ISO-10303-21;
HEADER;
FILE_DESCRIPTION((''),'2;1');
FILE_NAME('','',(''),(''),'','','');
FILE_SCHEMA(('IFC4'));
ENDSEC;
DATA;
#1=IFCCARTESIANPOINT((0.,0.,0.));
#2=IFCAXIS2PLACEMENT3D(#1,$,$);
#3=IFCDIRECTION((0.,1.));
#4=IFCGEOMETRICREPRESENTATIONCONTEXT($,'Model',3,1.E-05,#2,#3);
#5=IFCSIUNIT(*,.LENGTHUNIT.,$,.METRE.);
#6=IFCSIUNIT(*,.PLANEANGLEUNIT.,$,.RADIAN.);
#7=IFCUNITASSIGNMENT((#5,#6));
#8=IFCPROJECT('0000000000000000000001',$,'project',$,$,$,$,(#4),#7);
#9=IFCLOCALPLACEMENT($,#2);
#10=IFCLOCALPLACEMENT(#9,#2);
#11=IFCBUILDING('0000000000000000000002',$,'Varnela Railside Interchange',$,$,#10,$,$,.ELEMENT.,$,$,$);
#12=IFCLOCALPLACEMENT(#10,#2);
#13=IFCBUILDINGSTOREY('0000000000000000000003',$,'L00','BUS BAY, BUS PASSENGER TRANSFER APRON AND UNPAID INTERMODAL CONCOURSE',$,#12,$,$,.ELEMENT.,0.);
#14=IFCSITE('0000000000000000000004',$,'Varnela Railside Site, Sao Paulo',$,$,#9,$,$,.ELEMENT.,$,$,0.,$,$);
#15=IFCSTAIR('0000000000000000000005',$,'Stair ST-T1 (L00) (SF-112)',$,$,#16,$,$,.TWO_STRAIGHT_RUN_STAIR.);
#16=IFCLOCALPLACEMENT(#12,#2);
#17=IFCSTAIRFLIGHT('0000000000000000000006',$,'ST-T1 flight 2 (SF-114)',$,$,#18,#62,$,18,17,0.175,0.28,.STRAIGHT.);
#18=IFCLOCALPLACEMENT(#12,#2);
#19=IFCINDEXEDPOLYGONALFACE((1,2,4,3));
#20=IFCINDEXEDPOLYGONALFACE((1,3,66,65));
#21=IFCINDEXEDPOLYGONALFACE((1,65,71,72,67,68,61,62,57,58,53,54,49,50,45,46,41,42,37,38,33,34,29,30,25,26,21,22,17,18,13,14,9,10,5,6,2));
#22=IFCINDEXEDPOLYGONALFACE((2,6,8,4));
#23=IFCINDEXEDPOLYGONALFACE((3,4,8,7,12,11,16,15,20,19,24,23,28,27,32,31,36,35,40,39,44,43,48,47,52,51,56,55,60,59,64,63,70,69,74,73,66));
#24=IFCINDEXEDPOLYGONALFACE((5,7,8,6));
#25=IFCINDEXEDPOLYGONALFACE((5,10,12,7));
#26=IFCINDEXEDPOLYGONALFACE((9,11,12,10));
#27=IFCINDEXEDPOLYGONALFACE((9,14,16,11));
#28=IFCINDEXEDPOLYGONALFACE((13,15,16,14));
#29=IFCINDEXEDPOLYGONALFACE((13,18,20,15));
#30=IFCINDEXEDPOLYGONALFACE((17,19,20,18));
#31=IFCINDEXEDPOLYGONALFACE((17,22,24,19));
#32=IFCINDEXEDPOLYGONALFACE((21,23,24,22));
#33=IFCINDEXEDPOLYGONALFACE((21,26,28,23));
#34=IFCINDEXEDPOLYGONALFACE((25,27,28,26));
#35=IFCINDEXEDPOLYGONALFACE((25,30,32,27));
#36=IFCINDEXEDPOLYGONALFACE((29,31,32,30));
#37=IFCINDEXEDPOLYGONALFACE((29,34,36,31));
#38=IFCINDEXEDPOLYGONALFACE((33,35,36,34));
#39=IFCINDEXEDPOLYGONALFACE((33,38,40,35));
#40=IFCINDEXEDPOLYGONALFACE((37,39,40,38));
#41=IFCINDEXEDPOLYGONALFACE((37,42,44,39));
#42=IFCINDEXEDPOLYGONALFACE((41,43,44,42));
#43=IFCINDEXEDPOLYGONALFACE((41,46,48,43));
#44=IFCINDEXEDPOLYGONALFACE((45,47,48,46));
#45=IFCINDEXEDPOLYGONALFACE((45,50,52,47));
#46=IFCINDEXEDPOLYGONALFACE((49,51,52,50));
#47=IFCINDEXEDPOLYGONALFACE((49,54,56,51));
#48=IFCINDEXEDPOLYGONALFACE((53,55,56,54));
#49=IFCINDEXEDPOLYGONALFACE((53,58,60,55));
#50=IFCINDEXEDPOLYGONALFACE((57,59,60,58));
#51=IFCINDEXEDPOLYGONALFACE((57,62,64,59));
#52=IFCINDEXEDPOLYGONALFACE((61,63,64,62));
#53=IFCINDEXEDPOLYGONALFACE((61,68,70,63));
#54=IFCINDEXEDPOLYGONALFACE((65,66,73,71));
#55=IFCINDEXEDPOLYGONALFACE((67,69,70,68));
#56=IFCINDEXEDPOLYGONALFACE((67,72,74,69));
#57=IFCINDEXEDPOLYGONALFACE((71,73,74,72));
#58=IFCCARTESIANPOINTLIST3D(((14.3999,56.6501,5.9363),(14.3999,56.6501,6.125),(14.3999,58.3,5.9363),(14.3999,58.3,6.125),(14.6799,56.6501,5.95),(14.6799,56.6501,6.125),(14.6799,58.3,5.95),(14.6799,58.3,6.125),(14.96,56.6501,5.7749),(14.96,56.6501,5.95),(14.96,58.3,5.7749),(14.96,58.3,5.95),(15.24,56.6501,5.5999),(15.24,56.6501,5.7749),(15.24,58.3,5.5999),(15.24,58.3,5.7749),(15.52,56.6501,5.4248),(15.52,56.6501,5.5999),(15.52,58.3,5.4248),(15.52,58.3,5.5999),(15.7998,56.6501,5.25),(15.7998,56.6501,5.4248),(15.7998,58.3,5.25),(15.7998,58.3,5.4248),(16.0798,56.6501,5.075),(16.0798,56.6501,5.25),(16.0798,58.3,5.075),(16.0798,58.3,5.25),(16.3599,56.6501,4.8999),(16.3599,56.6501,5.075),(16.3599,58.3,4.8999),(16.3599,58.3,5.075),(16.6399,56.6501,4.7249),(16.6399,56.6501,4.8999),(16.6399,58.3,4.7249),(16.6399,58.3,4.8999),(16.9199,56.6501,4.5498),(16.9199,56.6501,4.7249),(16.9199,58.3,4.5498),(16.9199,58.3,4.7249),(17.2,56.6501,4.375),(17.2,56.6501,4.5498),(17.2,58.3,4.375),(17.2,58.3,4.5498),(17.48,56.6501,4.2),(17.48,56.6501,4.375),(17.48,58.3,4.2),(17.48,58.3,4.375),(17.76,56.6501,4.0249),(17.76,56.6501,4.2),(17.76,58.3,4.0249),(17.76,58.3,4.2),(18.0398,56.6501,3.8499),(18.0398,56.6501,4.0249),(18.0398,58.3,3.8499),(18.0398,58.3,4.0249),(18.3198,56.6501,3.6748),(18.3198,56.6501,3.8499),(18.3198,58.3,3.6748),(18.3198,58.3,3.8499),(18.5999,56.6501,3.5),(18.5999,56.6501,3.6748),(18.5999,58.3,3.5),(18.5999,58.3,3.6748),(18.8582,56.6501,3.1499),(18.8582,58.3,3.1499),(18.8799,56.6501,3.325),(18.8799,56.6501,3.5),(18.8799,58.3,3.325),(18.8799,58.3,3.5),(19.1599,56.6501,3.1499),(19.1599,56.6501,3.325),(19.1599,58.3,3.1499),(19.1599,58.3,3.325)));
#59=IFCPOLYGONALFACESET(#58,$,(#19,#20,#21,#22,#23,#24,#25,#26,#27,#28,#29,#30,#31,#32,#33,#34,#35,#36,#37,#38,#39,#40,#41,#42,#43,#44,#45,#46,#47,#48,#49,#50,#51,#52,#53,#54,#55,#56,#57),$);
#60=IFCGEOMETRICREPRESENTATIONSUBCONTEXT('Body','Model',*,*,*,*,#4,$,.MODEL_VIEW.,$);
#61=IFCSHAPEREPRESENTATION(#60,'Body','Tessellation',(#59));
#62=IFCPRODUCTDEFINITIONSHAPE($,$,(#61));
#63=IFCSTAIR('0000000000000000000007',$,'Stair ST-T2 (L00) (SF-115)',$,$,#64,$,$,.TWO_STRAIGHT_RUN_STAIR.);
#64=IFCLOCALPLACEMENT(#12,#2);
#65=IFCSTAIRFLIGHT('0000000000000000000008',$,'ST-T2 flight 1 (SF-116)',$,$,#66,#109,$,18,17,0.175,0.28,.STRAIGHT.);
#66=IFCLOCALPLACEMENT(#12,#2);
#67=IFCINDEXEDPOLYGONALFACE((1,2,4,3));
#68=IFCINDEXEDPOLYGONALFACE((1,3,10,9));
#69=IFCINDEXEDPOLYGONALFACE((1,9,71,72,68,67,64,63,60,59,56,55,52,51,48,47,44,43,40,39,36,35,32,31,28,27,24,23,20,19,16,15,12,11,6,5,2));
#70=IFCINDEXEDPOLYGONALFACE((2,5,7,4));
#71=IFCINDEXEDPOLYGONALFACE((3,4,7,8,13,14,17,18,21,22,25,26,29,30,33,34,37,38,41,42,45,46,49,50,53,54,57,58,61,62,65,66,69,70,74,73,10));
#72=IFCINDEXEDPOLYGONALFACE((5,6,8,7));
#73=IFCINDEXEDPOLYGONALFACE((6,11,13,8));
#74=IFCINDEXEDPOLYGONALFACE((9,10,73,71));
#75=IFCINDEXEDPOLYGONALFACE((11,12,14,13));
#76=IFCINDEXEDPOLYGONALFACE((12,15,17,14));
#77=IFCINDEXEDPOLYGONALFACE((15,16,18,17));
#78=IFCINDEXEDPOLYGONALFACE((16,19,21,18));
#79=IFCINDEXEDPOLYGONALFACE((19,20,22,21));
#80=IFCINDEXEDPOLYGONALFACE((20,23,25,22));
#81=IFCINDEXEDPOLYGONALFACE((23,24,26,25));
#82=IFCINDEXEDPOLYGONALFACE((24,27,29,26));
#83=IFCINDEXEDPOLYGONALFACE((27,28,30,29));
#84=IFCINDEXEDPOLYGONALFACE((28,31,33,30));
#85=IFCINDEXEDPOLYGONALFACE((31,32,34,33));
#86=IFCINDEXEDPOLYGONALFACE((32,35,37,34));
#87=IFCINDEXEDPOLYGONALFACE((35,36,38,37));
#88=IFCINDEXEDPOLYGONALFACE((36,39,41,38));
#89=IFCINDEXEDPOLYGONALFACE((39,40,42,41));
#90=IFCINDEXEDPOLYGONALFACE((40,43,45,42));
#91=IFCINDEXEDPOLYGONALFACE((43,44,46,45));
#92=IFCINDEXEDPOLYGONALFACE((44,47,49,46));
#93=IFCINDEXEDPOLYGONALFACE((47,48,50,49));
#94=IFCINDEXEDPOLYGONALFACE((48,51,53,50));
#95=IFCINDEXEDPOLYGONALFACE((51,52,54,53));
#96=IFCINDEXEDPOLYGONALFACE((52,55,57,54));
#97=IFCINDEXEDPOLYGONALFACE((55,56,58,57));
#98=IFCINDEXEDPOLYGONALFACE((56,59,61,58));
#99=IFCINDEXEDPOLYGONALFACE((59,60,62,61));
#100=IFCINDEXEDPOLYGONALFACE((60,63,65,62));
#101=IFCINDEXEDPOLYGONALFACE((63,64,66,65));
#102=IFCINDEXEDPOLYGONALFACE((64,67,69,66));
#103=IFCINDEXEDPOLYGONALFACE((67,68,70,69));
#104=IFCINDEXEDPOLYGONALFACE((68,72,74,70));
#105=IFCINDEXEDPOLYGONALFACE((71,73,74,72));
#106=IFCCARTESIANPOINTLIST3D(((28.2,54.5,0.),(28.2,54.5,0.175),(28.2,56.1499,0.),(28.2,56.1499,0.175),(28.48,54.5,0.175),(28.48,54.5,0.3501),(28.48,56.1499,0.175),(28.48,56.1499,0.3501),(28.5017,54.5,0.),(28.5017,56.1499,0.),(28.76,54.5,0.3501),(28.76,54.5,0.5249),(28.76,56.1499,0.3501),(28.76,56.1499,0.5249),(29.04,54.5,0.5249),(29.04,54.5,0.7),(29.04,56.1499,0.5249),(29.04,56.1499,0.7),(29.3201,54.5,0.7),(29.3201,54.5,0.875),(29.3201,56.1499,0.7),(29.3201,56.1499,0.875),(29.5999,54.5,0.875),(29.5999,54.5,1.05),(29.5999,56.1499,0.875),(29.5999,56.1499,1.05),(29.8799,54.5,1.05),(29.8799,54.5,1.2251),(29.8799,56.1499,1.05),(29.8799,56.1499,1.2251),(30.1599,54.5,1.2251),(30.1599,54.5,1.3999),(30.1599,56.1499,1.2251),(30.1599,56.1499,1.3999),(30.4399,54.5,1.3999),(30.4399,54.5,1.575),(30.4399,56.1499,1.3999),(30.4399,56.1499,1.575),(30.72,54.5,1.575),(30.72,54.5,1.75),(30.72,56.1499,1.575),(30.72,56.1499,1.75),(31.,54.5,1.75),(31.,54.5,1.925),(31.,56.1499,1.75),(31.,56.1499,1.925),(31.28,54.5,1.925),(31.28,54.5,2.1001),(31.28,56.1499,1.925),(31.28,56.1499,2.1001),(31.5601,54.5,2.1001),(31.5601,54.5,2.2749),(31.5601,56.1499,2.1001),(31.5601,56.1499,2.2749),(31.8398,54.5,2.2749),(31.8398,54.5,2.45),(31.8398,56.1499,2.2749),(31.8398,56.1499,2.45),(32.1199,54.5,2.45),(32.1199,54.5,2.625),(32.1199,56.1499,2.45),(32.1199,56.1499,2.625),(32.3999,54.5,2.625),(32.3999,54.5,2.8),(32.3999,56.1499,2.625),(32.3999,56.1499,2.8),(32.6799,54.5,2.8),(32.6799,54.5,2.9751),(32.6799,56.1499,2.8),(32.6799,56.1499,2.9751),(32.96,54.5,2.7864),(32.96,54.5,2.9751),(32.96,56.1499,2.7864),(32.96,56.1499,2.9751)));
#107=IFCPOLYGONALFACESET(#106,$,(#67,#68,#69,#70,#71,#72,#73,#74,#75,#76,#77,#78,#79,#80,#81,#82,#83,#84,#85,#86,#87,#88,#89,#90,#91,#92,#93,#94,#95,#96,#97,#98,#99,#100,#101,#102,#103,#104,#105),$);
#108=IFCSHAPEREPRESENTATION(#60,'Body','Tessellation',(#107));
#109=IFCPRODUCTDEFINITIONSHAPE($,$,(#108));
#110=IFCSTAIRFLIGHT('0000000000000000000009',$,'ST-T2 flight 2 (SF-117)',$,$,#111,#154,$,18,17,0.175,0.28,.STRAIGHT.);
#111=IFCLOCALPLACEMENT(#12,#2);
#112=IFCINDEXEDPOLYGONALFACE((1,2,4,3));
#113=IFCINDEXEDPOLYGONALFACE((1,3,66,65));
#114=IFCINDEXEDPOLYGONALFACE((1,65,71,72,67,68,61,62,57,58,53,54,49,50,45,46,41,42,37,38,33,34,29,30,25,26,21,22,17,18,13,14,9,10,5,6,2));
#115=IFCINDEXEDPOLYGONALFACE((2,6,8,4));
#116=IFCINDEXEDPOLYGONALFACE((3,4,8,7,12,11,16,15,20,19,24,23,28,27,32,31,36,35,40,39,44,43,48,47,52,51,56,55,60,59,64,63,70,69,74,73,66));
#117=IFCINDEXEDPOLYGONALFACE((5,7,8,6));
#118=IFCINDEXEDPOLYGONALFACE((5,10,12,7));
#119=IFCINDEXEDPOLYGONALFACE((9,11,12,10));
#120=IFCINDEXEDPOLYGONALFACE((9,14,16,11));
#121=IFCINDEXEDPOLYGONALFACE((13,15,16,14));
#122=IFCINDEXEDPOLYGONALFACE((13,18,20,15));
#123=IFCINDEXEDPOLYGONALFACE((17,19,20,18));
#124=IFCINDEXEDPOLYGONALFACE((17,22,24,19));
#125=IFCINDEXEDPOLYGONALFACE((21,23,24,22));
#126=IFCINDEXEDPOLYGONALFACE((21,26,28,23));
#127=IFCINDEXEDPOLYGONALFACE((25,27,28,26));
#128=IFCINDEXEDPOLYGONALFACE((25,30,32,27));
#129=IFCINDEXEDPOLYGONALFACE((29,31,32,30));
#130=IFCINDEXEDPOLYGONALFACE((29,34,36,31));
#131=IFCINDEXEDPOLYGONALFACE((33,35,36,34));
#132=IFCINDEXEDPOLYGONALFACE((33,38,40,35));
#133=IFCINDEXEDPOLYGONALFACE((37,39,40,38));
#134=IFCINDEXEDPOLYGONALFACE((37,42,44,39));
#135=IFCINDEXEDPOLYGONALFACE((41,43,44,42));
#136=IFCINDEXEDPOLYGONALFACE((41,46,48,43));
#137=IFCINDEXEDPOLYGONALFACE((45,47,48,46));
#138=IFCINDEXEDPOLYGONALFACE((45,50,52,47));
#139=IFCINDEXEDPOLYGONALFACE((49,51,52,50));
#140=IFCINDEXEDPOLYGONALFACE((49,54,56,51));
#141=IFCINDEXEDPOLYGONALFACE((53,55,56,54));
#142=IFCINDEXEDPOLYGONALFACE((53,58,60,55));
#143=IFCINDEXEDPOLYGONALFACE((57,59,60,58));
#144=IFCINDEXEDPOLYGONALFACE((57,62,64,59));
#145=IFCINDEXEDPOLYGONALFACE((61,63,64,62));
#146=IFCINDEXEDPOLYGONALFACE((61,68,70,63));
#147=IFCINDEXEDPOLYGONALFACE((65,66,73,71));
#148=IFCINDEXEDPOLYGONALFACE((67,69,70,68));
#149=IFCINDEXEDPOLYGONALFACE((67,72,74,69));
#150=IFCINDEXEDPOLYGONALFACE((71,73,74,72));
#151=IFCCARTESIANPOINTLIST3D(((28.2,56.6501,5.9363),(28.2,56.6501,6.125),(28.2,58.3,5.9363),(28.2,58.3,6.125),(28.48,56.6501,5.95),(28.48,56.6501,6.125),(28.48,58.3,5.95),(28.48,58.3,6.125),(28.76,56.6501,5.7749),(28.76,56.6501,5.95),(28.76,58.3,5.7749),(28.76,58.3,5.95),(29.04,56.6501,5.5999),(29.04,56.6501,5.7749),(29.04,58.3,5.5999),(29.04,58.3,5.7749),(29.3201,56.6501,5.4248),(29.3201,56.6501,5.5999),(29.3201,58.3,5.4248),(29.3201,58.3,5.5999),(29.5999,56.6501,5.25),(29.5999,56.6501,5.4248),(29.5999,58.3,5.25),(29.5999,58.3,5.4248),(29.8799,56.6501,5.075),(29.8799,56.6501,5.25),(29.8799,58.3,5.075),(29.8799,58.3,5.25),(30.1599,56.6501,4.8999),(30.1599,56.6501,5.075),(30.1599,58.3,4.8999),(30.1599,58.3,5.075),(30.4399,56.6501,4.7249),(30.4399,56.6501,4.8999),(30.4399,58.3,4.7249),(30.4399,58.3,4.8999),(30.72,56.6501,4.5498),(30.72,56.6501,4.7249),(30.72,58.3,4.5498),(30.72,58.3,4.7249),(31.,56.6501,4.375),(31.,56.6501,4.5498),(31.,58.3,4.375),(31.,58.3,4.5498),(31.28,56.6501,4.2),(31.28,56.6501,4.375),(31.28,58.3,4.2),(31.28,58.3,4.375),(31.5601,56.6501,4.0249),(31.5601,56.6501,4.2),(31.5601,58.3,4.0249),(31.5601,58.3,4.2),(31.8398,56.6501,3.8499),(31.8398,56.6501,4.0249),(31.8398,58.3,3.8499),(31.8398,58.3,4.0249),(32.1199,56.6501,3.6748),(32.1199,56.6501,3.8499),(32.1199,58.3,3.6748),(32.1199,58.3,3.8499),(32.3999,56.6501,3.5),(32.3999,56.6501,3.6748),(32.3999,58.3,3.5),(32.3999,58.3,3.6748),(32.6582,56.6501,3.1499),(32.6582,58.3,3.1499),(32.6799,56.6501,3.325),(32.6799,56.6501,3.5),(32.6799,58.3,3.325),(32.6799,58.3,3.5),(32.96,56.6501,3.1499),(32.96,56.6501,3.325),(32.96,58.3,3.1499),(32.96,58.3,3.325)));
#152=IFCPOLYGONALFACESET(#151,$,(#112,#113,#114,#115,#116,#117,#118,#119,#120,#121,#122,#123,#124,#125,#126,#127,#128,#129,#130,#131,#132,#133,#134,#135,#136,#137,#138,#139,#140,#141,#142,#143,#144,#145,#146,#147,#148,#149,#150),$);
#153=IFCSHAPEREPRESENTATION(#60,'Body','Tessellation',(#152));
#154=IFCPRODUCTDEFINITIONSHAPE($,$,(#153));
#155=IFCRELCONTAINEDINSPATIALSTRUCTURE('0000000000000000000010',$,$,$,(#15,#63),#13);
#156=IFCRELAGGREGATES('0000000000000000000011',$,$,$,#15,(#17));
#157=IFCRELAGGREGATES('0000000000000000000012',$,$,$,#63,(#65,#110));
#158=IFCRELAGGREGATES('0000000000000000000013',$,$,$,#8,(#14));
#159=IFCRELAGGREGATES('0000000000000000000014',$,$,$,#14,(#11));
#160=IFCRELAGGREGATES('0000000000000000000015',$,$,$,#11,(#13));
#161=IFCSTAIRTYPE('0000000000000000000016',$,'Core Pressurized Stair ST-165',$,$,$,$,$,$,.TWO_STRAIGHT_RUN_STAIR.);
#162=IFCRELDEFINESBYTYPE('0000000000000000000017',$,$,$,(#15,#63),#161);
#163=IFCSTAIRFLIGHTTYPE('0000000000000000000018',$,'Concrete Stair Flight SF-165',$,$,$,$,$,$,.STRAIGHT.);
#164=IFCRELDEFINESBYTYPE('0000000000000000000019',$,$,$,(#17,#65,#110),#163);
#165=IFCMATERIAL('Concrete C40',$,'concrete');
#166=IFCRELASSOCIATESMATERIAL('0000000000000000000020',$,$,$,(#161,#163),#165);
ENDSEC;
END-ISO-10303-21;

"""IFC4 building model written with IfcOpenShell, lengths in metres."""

from ifc_helpers import new_model, si_unit, direction, frame, origin, place, context, subcontext, project, spatial, polyline, outline, extrude, material, type_object, element, aggregate, save


model = new_model("IFC4")

# Units and contexts
model_context = context("Model", 3, precision=1e-05, world=origin(), true_north=direction((0.0, 1.0)))
body_context = subcontext(model_context, "Body", "Model", "MODEL_VIEW")
ifc_project = project(units=[si_unit("LENGTHUNIT", "METRE"), si_unit("PLANEANGLEUNIT", "RADIAN")], contexts=[model_context])

# Site, building, storey
site_placement = place(None, origin())
site = spatial("IfcSite", under=ifc_project, at=site_placement, Name="Varnela Railside Site, Sao Paulo", CompositionType="ELEMENT", RefElevation=0.0)
building_placement = place(site_placement, origin())
building = spatial("IfcBuilding", under=site, at=building_placement, Name="Varnela Railside Interchange", CompositionType="ELEMENT")
storey_placement = place(building_placement, origin())
storey = spatial("IfcBuildingStorey", under=building, at=storey_placement, Name="L00", Description="BUS BAY, BUS PASSENGER TRANSFER APRON AND UNPAID INTERMODAL CONCOURSE", CompositionType="ELEMENT", Elevation=0.0)

# Shared definitions
ifc_material_1 = material(Name="Concrete C40", Category="concrete")

# Stair, stair flight
stair_type = type_object("IfcStairType", Name="Core Pressurized Stair ST-165", PredefinedType="TWO_STRAIGHT_RUN_STAIR", material=ifc_material_1)
stair_1_placement = place(storey_placement, origin())
stair_1 = element("IfcStair", 1, at=stair_1_placement, inside=storey, type_object=stair_type, Name="Stair ST-T1 (L00) (SF-112)", PredefinedType="TWO_STRAIGHT_RUN_STAIR")
stair_flight_type = type_object("IfcStairFlightType", Name="Concrete Stair Flight SF-165", PredefinedType="STRAIGHT", material=ifc_material_1)
stair_flight_1_placement = place(storey_placement, frame((19.1599, 57.4751, 3.1499), z_axis=(0.0, 0.0, 1.0), x_axis=(-1.0, 0.0, 0.0)))
stair_flight_1 = element("IfcStairFlight", 2, at=stair_flight_1_placement, type_object=stair_flight_type, Name="ST-T1 flight 2 (SF-114)", NumberOfRisers=18, NumberOfTreads=17, PredefinedType="STRAIGHT", RiserHeight=0.175, TreadLength=0.28, context=body_context, shape_type="SweptSolid", body=[
    extrude(outline(polyline([(0.0, 0.0), (0.0, 0.175), (0.28, 0.175), (0.28, 0.3501), (0.5601, 0.3501), (0.5601, 0.5249), (0.8401, 0.5249), (0.8401, 0.7), (1.1201, 0.7), (1.1201, 0.875), (1.3999, 0.875), (1.3999, 1.05), (1.6799, 1.05), (1.6799, 1.2251), (1.96, 1.2251), (1.96, 1.3999), (2.24, 1.3999), (2.24, 1.575), (2.52, 1.575), (2.52, 1.75), (2.8, 1.75), (2.8, 1.925), (3.0801, 1.925), (3.0801, 2.1001), (3.3601, 2.1001), (3.3601, 2.2749), (3.6399, 2.2749), (3.6399, 2.45), (3.9199, 2.45), (3.9199, 2.625), (4.2, 2.625), (4.2, 2.8), (4.48, 2.8), (4.48, 2.9751), (4.76, 2.9751), (4.76, 3.1499), (4.76, 2.7864), (0.3018, 0.0), (0.0, 0.0)])), frame((0.0, 0.825, 0.0), z_axis=(0.0, -1.0, 0.0), x_axis=(1.0, 0.0, 0.0)), (0.0, 0.0, 1.0), 1.6499),
])
aggregate(stair_1, [stair_flight_1])

# Stair, stair flights
stair_2_placement = place(storey_placement, origin())
stair_2 = element("IfcStair", 3, at=stair_2_placement, inside=storey, type_object=stair_type, Name="Stair ST-T2 (L00) (SF-115)", PredefinedType="TWO_STRAIGHT_RUN_STAIR")
stair_flight_2_placement = place(storey_placement, frame((28.2, 55.325, 0.0), z_axis=(0.0, 0.0, 1.0), x_axis=(1.0, 0.0, 0.0)))
stair_flight_2 = element("IfcStairFlight", 4, at=stair_flight_2_placement, type_object=stair_flight_type, Name="ST-T2 flight 1 (SF-116)", NumberOfRisers=18, NumberOfTreads=17, PredefinedType="STRAIGHT", RiserHeight=0.175, TreadLength=0.28, context=body_context, shape_type="SweptSolid", body=[
    extrude(outline(polyline([(0.0, 0.0), (0.0, 0.175), (0.28, 0.175), (0.28, 0.3501), (0.5601, 0.3501), (0.5601, 0.5249), (0.8401, 0.5249), (0.8401, 0.7), (1.1201, 0.7), (1.1201, 0.875), (1.3999, 0.875), (1.3999, 1.05), (1.6799, 1.05), (1.6799, 1.2251), (1.96, 1.2251), (1.96, 1.3999), (2.24, 1.3999), (2.24, 1.575), (2.52, 1.575), (2.52, 1.75), (2.8, 1.75), (2.8, 1.925), (3.0801, 1.925), (3.0801, 2.1001), (3.3601, 2.1001), (3.3601, 2.2749), (3.6399, 2.2749), (3.6399, 2.45), (3.9199, 2.45), (3.9199, 2.625), (4.2, 2.625), (4.2, 2.8), (4.48, 2.8), (4.48, 2.9751), (4.76, 2.9751), (4.76, 3.1499), (4.76, 2.7864), (0.3018, 0.0), (0.0, 0.0)])), frame((0.0, 0.825, 0.0), z_axis=(0.0, -1.0, 0.0), x_axis=(1.0, 0.0, 0.0)), (0.0, 0.0, 1.0), 1.6499),
])
stair_flight_3_placement = place(storey_placement, frame((32.96, 57.4751, 3.1499), z_axis=(0.0, 0.0, 1.0), x_axis=(-1.0, 0.0, 0.0)))
stair_flight_3 = element("IfcStairFlight", 5, at=stair_flight_3_placement, type_object=stair_flight_type, Name="ST-T2 flight 2 (SF-117)", NumberOfRisers=18, NumberOfTreads=17, PredefinedType="STRAIGHT", RiserHeight=0.175, TreadLength=0.28, context=body_context, shape_type="SweptSolid", body=[
    extrude(outline(polyline([(0.0, 0.0), (0.0, 0.175), (0.28, 0.175), (0.28, 0.3501), (0.5601, 0.3501), (0.5601, 0.5249), (0.8401, 0.5249), (0.8401, 0.7), (1.1201, 0.7), (1.1201, 0.875), (1.3999, 0.875), (1.3999, 1.05), (1.6799, 1.05), (1.6799, 1.2251), (1.96, 1.2251), (1.96, 1.3999), (2.24, 1.3999), (2.24, 1.575), (2.52, 1.575), (2.52, 1.75), (2.8, 1.75), (2.8, 1.925), (3.0801, 1.925), (3.0801, 2.1001), (3.3601, 2.1001), (3.3601, 2.2749), (3.6399, 2.2749), (3.6399, 2.45), (3.9199, 2.45), (3.9199, 2.625), (4.2, 2.625), (4.2, 2.8), (4.48, 2.8), (4.48, 2.9751), (4.76, 2.9751), (4.76, 3.1499), (4.76, 2.7864), (0.3018, 0.0), (0.0, 0.0)])), frame((0.0, 0.825, 0.0), z_axis=(0.0, -1.0, 0.0), x_axis=(1.0, 0.0, 0.0)), (0.0, 0.0, 1.0), 1.6499),
])
aggregate(stair_2, [stair_flight_2, stair_flight_3])

save(model, "model.ifc")
